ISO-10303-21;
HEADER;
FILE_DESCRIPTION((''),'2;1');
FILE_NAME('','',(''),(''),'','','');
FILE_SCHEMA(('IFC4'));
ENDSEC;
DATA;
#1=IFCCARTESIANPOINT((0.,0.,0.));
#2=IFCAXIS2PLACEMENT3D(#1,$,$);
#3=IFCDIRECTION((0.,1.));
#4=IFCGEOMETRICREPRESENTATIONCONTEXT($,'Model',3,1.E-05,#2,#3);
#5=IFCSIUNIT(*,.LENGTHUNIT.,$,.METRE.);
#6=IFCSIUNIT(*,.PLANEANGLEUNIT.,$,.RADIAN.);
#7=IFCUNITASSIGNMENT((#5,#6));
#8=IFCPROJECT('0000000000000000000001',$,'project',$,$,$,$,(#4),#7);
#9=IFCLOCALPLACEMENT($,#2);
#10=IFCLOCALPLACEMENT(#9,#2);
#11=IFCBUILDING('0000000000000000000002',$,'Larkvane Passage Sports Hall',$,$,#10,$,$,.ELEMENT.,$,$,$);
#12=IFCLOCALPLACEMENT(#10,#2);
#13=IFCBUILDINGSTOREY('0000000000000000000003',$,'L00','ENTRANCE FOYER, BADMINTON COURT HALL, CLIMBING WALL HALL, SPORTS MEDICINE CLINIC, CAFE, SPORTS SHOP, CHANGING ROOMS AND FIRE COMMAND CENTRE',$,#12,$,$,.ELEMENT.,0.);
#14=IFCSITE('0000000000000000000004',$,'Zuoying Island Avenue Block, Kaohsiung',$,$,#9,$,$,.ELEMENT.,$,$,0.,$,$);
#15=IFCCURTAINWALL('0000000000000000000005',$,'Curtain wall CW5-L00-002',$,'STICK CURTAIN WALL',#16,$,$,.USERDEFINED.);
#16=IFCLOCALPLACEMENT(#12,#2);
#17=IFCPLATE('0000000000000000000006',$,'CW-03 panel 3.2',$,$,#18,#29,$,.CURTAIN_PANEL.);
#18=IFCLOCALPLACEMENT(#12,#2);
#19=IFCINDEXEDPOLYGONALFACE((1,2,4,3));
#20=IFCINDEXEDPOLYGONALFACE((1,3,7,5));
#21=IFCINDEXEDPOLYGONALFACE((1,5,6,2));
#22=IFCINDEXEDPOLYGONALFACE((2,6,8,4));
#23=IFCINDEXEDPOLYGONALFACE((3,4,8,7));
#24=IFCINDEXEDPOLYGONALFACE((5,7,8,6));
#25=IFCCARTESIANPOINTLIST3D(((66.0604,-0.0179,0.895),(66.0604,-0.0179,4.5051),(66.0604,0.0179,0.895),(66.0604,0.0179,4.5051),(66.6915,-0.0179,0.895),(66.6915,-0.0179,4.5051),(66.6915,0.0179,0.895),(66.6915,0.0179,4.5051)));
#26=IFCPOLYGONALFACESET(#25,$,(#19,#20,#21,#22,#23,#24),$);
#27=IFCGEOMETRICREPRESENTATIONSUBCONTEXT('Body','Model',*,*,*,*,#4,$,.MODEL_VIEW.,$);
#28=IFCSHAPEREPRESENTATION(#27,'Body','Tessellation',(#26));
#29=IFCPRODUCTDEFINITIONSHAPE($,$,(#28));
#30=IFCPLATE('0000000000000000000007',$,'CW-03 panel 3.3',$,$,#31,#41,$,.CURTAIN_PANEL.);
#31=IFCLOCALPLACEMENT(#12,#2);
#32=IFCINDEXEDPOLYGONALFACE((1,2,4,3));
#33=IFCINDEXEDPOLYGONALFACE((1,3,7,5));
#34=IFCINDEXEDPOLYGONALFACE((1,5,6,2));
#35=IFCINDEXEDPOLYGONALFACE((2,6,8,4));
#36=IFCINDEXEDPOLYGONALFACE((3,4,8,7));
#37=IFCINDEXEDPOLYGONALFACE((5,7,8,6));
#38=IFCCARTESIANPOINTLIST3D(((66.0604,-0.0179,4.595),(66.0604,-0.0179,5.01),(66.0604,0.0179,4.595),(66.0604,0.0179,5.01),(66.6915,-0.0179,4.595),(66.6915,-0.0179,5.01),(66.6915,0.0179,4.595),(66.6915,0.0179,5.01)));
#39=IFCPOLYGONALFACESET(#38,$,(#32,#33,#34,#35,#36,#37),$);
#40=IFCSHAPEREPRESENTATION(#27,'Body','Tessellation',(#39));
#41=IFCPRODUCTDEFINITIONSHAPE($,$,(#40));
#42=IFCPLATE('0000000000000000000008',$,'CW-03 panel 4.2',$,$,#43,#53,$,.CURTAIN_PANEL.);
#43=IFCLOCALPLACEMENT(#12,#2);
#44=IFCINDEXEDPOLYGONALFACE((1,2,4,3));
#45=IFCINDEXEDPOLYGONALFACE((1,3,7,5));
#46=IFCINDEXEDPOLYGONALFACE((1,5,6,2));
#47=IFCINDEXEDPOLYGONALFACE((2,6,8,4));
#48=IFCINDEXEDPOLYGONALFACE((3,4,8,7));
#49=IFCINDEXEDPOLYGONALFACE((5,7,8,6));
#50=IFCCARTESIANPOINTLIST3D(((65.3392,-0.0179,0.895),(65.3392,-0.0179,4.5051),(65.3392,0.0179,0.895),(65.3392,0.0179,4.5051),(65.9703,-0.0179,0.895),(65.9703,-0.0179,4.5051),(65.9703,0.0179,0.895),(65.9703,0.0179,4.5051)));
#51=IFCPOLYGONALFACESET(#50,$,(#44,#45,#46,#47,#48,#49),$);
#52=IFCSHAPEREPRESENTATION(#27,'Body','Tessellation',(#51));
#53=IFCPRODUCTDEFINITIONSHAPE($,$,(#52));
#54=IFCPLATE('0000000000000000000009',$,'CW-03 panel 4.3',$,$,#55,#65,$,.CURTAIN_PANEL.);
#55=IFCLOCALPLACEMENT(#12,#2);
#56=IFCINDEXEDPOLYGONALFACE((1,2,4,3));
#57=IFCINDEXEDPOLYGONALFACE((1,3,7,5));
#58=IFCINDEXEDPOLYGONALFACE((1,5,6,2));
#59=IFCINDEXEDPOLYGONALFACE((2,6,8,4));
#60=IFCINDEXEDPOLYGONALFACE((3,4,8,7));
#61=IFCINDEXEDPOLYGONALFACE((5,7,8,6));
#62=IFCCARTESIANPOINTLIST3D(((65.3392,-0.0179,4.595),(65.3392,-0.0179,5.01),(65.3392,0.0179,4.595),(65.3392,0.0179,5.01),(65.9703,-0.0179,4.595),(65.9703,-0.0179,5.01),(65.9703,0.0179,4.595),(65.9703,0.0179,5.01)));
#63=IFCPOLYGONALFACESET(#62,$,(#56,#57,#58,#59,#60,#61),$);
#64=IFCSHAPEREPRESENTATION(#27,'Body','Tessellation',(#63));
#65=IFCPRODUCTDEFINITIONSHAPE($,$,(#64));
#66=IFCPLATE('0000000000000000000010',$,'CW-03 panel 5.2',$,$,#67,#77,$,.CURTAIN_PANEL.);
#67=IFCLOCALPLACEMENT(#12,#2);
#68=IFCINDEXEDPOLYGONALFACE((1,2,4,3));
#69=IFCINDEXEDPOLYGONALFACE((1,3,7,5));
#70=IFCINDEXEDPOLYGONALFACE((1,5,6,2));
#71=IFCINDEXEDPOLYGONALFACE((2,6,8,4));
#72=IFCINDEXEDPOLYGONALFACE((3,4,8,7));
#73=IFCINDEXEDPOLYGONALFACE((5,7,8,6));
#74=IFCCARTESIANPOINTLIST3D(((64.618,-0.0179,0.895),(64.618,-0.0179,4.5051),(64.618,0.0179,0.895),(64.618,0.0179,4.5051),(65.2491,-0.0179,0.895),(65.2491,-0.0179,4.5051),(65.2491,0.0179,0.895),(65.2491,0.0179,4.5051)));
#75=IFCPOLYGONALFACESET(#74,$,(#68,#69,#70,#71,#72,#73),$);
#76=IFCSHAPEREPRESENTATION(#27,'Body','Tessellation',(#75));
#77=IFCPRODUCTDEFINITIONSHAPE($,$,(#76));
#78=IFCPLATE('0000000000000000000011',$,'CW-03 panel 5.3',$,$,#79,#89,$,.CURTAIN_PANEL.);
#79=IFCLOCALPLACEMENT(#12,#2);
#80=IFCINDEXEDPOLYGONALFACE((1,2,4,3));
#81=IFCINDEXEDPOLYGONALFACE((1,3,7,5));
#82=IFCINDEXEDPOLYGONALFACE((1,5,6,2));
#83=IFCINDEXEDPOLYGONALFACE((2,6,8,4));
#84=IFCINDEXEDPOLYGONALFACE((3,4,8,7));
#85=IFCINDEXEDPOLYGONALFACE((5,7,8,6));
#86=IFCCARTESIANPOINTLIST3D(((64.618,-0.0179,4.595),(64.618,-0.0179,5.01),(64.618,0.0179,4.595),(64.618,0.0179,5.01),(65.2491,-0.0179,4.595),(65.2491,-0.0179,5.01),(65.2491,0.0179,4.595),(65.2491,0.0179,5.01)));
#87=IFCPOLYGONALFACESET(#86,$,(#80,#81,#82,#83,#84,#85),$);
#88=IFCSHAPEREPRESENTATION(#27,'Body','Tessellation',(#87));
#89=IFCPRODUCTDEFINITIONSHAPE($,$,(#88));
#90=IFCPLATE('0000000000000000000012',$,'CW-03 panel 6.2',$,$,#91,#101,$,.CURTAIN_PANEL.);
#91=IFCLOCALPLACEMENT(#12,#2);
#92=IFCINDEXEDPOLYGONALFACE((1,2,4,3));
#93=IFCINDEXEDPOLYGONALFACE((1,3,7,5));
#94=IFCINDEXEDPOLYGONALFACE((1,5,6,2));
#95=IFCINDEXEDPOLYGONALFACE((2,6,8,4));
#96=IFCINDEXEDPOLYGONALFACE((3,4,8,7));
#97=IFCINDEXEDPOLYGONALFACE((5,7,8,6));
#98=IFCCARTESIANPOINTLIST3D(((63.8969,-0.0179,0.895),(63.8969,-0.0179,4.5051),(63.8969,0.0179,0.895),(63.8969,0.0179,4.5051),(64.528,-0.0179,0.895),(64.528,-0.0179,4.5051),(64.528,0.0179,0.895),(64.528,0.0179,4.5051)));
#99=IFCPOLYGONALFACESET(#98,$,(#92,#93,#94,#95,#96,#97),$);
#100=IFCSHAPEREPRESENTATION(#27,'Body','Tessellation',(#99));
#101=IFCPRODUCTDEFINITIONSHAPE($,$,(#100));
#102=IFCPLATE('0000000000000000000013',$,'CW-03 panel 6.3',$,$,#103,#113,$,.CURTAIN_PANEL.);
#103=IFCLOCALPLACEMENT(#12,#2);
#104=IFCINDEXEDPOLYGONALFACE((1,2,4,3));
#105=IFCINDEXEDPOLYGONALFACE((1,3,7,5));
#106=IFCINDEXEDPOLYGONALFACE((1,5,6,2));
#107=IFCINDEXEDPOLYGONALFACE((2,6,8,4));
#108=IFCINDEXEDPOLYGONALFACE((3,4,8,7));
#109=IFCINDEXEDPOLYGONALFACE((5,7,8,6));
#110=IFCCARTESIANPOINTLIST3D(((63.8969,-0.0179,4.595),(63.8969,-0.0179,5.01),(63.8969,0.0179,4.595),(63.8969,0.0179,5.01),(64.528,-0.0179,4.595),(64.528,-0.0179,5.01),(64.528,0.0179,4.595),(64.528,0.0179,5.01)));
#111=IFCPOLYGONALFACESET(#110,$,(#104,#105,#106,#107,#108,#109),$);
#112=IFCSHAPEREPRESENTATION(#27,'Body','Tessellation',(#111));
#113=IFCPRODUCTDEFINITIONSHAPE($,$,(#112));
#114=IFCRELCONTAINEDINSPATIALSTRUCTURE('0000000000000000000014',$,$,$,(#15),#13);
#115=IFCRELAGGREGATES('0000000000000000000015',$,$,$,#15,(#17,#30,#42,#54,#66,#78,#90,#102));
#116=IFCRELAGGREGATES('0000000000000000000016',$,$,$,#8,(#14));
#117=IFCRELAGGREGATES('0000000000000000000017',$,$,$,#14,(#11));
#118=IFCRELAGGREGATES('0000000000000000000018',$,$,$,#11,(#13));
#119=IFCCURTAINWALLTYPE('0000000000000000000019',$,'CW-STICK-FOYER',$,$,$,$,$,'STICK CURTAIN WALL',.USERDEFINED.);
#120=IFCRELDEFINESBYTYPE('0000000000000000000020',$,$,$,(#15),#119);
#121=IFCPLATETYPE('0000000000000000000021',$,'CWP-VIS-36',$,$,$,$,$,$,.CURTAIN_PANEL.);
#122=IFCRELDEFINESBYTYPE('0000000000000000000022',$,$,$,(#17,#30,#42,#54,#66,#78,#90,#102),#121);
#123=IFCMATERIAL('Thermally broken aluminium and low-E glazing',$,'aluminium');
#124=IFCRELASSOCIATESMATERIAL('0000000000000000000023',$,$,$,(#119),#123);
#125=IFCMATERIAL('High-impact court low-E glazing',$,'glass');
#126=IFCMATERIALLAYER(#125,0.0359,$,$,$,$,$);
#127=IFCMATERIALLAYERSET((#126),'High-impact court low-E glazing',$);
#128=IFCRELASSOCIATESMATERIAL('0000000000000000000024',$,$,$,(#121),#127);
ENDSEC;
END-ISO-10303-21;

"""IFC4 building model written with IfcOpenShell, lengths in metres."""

from ifc_helpers import new_model, si_unit, direction, frame, origin, origin_2d, place, context, subcontext, project, spatial, rectangle, extrude, material, layer, layer_set, type_object, element, aggregate, save


model = new_model("IFC4")

# Units and contexts
model_context = context("Model", 3, precision=1e-05, world=origin(), true_north=direction((0.0, 1.0)))
body_context = subcontext(model_context, "Body", "Model", "MODEL_VIEW")
ifc_project = project(units=[si_unit("LENGTHUNIT", "METRE"), si_unit("PLANEANGLEUNIT", "RADIAN")], contexts=[model_context])

# Site, building, storey
site_placement = place(None, origin())
site = spatial("IfcSite", under=ifc_project, at=site_placement, Name="Zuoying Island Avenue Block, Kaohsiung", CompositionType="ELEMENT", RefElevation=0.0)
building_placement = place(site_placement, origin())
building = spatial("IfcBuilding", under=site, at=building_placement, Name="Larkvane Passage Sports Hall", CompositionType="ELEMENT")
storey_placement = place(building_placement, origin())
storey = spatial("IfcBuildingStorey", under=building, at=storey_placement, Name="L00", Description="ENTRANCE FOYER, BADMINTON COURT HALL, CLIMBING WALL HALL, SPORTS MEDICINE CLINIC, CAFE, SPORTS SHOP, CHANGING ROOMS AND FIRE COMMAND CENTRE", CompositionType="ELEMENT", Elevation=0.0)

# Curtain wall, plates
ifc_material_1 = material(Name="Thermally broken aluminium and low-E glazing", Category="aluminium")
curtain_wall_type = type_object("IfcCurtainWallType", Name="CW-STICK-FOYER", ElementType="STICK CURTAIN WALL", PredefinedType="USERDEFINED", material=ifc_material_1)
curtain_wall_placement = place(storey_placement, origin())
curtain_wall = element("IfcCurtainWall", 1, at=curtain_wall_placement, inside=storey, type_object=curtain_wall_type, Name="Curtain wall CW5-L00-002", ObjectType="STICK CURTAIN WALL", PredefinedType="USERDEFINED")
ifc_material_2 = material(Name="High-impact court low-E glazing", Category="glass")
ifc_layer = layer(ifc_material_2, 0.0359)
ifc_layer_set = layer_set([ifc_layer], Name="High-impact court low-E glazing")
plate_type = type_object("IfcPlateType", Name="CWP-VIS-36", PredefinedType="CURTAIN_PANEL", material=ifc_layer_set)
plate_1_placement = place(storey_placement, frame((66.376, 0.0, 0.895), z_axis=(0.0, 0.0, 1.0), x_axis=(-1.0, 0.0, 0.0)))
plate_1 = element("IfcPlate", 2, at=plate_1_placement, type_object=plate_type, Name="CW-03 panel 3.2", PredefinedType="CURTAIN_PANEL", context=body_context, shape_type="SweptSolid", body=[
    extrude(rectangle(XDim=0.6311, YDim=0.0359, at=origin_2d()), origin(), (0.0, 0.0, 1.0), 3.6101),
])
plate_2_placement = place(storey_placement, frame((66.376, 0.0, 4.595), z_axis=(0.0, 0.0, 1.0), x_axis=(-1.0, 0.0, 0.0)))
plate_2 = element("IfcPlate", 3, at=plate_2_placement, type_object=plate_type, Name="CW-03 panel 3.3", PredefinedType="CURTAIN_PANEL", context=body_context, shape_type="SweptSolid", body=[
    extrude(rectangle(XDim=0.6311, YDim=0.0359, at=origin_2d()), origin(), (0.0, 0.0, 1.0), 0.415),
])
plate_3_placement = place(storey_placement, frame((65.6548, 0.0, 0.895), z_axis=(0.0, 0.0, 1.0), x_axis=(-1.0, 0.0, 0.0)))
plate_3 = element("IfcPlate", 4, at=plate_3_placement, type_object=plate_type, Name="CW-03 panel 4.2", PredefinedType="CURTAIN_PANEL", context=body_context, shape_type="SweptSolid", body=[
    extrude(rectangle(XDim=0.6311, YDim=0.0359, at=origin_2d()), origin(), (0.0, 0.0, 1.0), 3.6101),
])
plate_4_placement = place(storey_placement, frame((65.6548, 0.0, 4.595), z_axis=(0.0, 0.0, 1.0), x_axis=(-1.0, 0.0, 0.0)))
plate_4 = element("IfcPlate", 5, at=plate_4_placement, type_object=plate_type, Name="CW-03 panel 4.3", PredefinedType="CURTAIN_PANEL", context=body_context, shape_type="SweptSolid", body=[
    extrude(rectangle(XDim=0.6311, YDim=0.0359, at=origin_2d()), origin(), (0.0, 0.0, 1.0), 0.415),
])
plate_5_placement = place(storey_placement, frame((64.9336, 0.0, 0.895), z_axis=(0.0, 0.0, 1.0), x_axis=(-1.0, 0.0, 0.0)))
plate_5 = element("IfcPlate", 6, at=plate_5_placement, type_object=plate_type, Name="CW-03 panel 5.2", PredefinedType="CURTAIN_PANEL", context=body_context, shape_type="SweptSolid", body=[
    extrude(rectangle(XDim=0.6311, YDim=0.0359, at=origin_2d()), origin(), (0.0, 0.0, 1.0), 3.6101),
])
plate_6_placement = place(storey_placement, frame((64.9336, 0.0, 4.595), z_axis=(0.0, 0.0, 1.0), x_axis=(-1.0, 0.0, 0.0)))
plate_6 = element("IfcPlate", 7, at=plate_6_placement, type_object=plate_type, Name="CW-03 panel 5.3", PredefinedType="CURTAIN_PANEL", context=body_context, shape_type="SweptSolid", body=[
    extrude(rectangle(XDim=0.6311, YDim=0.0359, at=origin_2d()), origin(), (0.0, 0.0, 1.0), 0.415),
])
plate_7_placement = place(storey_placement, frame((64.2124, 0.0, 0.895), z_axis=(0.0, 0.0, 1.0), x_axis=(-1.0, 0.0, 0.0)))
plate_7 = element("IfcPlate", 8, at=plate_7_placement, type_object=plate_type, Name="CW-03 panel 6.2", PredefinedType="CURTAIN_PANEL", context=body_context, shape_type="SweptSolid", body=[
    extrude(rectangle(XDim=0.6311, YDim=0.0359, at=origin_2d()), origin(), (0.0, 0.0, 1.0), 3.6101),
])
plate_8_placement = place(storey_placement, frame((64.2124, 0.0, 4.595), z_axis=(0.0, 0.0, 1.0), x_axis=(-1.0, 0.0, 0.0)))
plate_8 = element("IfcPlate", 9, at=plate_8_placement, type_object=plate_type, Name="CW-03 panel 6.3", PredefinedType="CURTAIN_PANEL", context=body_context, shape_type="SweptSolid", body=[
    extrude(rectangle(XDim=0.6311, YDim=0.0359, at=origin_2d()), origin(), (0.0, 0.0, 1.0), 0.415),
])
aggregate(curtain_wall, [plate_1, plate_2, plate_3, plate_4, plate_5, plate_6, plate_7, plate_8])

save(model, "model.ifc")
